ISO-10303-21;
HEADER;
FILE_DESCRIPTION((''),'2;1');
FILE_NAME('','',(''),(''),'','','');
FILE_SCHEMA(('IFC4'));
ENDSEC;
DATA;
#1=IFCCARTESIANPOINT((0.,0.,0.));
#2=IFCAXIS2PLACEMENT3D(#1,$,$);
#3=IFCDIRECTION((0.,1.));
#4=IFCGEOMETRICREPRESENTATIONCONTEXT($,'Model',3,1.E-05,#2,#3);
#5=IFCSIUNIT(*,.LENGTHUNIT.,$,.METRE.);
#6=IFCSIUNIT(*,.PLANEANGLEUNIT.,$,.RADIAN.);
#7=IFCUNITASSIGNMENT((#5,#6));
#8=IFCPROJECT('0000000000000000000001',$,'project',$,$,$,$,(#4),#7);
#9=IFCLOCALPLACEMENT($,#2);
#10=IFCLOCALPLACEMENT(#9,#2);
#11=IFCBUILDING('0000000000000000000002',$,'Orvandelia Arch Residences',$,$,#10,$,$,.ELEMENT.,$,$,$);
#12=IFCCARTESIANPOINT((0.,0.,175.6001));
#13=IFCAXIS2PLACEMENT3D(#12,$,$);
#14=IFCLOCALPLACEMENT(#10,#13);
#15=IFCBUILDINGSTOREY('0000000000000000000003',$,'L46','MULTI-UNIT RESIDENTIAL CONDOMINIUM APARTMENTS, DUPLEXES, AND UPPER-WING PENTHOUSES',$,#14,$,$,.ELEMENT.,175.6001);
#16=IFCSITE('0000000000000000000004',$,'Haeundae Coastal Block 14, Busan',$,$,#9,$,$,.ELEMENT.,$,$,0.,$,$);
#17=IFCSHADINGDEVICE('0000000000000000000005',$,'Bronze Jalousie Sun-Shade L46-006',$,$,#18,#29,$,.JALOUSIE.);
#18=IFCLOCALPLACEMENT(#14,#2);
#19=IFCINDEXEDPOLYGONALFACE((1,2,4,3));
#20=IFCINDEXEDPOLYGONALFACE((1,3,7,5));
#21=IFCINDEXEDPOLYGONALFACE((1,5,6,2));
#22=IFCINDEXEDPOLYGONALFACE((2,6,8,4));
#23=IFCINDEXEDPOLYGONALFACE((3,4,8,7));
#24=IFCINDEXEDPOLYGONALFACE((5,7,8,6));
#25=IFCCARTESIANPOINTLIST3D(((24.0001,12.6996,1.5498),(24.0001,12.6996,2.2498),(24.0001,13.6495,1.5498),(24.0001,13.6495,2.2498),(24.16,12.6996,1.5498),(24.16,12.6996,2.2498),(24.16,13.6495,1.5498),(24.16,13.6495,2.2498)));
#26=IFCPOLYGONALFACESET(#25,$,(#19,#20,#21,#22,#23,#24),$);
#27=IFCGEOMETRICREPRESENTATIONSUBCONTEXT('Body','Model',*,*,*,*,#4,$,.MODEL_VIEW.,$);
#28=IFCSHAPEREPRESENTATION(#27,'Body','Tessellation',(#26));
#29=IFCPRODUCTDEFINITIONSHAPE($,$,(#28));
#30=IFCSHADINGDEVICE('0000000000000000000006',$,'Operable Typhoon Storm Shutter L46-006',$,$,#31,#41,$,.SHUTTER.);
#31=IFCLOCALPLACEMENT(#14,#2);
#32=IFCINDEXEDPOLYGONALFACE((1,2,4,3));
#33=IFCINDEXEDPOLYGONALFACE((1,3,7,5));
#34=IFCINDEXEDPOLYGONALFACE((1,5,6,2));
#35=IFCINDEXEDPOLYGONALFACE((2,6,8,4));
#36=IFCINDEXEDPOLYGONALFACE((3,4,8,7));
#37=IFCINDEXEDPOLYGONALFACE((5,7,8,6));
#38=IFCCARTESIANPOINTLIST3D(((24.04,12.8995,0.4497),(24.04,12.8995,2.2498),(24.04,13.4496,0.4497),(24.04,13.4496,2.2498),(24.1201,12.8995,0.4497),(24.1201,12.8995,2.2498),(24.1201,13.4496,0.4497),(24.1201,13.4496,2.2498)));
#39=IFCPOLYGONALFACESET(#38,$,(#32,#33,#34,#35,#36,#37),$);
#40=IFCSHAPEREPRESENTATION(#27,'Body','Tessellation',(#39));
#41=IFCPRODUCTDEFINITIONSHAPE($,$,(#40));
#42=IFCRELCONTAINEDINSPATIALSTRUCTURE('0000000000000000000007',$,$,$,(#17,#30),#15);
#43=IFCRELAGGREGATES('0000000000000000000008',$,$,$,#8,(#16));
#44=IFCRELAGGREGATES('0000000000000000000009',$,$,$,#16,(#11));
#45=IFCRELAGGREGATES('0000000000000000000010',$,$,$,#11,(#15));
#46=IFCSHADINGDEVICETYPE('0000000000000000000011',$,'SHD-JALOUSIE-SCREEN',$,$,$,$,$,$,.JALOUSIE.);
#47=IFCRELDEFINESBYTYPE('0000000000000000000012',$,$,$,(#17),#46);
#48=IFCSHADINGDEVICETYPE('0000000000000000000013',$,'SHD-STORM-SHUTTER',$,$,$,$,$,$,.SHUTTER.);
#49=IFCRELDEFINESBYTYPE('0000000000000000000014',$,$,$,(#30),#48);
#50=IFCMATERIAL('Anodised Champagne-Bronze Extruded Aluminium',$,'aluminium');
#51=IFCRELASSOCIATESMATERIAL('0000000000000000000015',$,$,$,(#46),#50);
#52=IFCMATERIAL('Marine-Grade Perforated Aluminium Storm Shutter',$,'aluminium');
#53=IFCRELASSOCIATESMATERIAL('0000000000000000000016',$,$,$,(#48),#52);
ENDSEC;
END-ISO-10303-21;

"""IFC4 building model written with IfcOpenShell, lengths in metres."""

from ifc_helpers import new_model, si_unit, direction, frame, origin, origin_2d, place, context, subcontext, project, spatial, rectangle, extrude, material, type_object, element, save


model = new_model("IFC4")

# Units and contexts
model_context = context("Model", 3, precision=1e-05, world=origin(), true_north=direction((0.0, 1.0)))
body_context = subcontext(model_context, "Body", "Model", "MODEL_VIEW")
ifc_project = project(units=[si_unit("LENGTHUNIT", "METRE"), si_unit("PLANEANGLEUNIT", "RADIAN")], contexts=[model_context])

# Site, building, storey
site_placement = place(None, origin())
site = spatial("IfcSite", under=ifc_project, at=site_placement, Name="Haeundae Coastal Block 14, Busan", CompositionType="ELEMENT", RefElevation=0.0)
building_placement = place(site_placement, origin())
building = spatial("IfcBuilding", under=site, at=building_placement, Name="Orvandelia Arch Residences", CompositionType="ELEMENT")
storey_placement = place(building_placement, frame((0.0, 0.0, 175.6001)))
storey = spatial("IfcBuildingStorey", under=building, at=storey_placement, Name="L46", Description="MULTI-UNIT RESIDENTIAL CONDOMINIUM APARTMENTS, DUPLEXES, AND UPPER-WING PENTHOUSES", CompositionType="ELEMENT", Elevation=175.6001)

# Shading devices
ifc_material_1 = material(Name="Anodised Champagne-Bronze Extruded Aluminium", Category="aluminium")
shading_device_type_1 = type_object("IfcShadingDeviceType", Name="SHD-JALOUSIE-SCREEN", PredefinedType="JALOUSIE", material=ifc_material_1)
shading_device_1_placement = place(storey_placement, frame((24.0801, 13.1746, 1.5498), z_axis=(0.0, 0.0, 1.0), x_axis=(0.0, -1.0, 0.0)))
element("IfcShadingDevice", 1, at=shading_device_1_placement, inside=storey, type_object=shading_device_type_1, Name="Bronze Jalousie Sun-Shade L46-006", PredefinedType="JALOUSIE", context=body_context, shape_type="SweptSolid", body=[
    extrude(rectangle(XDim=0.95, YDim=0.1599, at=origin_2d()), origin(), (0.0, 0.0, 1.0), 0.7),
])
ifc_material_2 = material(Name="Marine-Grade Perforated Aluminium Storm Shutter", Category="aluminium")
shading_device_type_2 = type_object("IfcShadingDeviceType", Name="SHD-STORM-SHUTTER", PredefinedType="SHUTTER", material=ifc_material_2)
shading_device_2_placement = place(storey_placement, frame((24.0801, 13.1746, 0.4497), z_axis=(0.0, 0.0, 1.0), x_axis=(0.0, -1.0, 0.0)))
element("IfcShadingDevice", 2, at=shading_device_2_placement, inside=storey, type_object=shading_device_type_2, Name="Operable Typhoon Storm Shutter L46-006", PredefinedType="SHUTTER", context=body_context, shape_type="SweptSolid", body=[
    extrude(rectangle(XDim=0.55, YDim=0.0801, at=origin_2d()), origin(), (0.0, 0.0, 1.0), 1.8),
])

save(model, "model.ifc")
